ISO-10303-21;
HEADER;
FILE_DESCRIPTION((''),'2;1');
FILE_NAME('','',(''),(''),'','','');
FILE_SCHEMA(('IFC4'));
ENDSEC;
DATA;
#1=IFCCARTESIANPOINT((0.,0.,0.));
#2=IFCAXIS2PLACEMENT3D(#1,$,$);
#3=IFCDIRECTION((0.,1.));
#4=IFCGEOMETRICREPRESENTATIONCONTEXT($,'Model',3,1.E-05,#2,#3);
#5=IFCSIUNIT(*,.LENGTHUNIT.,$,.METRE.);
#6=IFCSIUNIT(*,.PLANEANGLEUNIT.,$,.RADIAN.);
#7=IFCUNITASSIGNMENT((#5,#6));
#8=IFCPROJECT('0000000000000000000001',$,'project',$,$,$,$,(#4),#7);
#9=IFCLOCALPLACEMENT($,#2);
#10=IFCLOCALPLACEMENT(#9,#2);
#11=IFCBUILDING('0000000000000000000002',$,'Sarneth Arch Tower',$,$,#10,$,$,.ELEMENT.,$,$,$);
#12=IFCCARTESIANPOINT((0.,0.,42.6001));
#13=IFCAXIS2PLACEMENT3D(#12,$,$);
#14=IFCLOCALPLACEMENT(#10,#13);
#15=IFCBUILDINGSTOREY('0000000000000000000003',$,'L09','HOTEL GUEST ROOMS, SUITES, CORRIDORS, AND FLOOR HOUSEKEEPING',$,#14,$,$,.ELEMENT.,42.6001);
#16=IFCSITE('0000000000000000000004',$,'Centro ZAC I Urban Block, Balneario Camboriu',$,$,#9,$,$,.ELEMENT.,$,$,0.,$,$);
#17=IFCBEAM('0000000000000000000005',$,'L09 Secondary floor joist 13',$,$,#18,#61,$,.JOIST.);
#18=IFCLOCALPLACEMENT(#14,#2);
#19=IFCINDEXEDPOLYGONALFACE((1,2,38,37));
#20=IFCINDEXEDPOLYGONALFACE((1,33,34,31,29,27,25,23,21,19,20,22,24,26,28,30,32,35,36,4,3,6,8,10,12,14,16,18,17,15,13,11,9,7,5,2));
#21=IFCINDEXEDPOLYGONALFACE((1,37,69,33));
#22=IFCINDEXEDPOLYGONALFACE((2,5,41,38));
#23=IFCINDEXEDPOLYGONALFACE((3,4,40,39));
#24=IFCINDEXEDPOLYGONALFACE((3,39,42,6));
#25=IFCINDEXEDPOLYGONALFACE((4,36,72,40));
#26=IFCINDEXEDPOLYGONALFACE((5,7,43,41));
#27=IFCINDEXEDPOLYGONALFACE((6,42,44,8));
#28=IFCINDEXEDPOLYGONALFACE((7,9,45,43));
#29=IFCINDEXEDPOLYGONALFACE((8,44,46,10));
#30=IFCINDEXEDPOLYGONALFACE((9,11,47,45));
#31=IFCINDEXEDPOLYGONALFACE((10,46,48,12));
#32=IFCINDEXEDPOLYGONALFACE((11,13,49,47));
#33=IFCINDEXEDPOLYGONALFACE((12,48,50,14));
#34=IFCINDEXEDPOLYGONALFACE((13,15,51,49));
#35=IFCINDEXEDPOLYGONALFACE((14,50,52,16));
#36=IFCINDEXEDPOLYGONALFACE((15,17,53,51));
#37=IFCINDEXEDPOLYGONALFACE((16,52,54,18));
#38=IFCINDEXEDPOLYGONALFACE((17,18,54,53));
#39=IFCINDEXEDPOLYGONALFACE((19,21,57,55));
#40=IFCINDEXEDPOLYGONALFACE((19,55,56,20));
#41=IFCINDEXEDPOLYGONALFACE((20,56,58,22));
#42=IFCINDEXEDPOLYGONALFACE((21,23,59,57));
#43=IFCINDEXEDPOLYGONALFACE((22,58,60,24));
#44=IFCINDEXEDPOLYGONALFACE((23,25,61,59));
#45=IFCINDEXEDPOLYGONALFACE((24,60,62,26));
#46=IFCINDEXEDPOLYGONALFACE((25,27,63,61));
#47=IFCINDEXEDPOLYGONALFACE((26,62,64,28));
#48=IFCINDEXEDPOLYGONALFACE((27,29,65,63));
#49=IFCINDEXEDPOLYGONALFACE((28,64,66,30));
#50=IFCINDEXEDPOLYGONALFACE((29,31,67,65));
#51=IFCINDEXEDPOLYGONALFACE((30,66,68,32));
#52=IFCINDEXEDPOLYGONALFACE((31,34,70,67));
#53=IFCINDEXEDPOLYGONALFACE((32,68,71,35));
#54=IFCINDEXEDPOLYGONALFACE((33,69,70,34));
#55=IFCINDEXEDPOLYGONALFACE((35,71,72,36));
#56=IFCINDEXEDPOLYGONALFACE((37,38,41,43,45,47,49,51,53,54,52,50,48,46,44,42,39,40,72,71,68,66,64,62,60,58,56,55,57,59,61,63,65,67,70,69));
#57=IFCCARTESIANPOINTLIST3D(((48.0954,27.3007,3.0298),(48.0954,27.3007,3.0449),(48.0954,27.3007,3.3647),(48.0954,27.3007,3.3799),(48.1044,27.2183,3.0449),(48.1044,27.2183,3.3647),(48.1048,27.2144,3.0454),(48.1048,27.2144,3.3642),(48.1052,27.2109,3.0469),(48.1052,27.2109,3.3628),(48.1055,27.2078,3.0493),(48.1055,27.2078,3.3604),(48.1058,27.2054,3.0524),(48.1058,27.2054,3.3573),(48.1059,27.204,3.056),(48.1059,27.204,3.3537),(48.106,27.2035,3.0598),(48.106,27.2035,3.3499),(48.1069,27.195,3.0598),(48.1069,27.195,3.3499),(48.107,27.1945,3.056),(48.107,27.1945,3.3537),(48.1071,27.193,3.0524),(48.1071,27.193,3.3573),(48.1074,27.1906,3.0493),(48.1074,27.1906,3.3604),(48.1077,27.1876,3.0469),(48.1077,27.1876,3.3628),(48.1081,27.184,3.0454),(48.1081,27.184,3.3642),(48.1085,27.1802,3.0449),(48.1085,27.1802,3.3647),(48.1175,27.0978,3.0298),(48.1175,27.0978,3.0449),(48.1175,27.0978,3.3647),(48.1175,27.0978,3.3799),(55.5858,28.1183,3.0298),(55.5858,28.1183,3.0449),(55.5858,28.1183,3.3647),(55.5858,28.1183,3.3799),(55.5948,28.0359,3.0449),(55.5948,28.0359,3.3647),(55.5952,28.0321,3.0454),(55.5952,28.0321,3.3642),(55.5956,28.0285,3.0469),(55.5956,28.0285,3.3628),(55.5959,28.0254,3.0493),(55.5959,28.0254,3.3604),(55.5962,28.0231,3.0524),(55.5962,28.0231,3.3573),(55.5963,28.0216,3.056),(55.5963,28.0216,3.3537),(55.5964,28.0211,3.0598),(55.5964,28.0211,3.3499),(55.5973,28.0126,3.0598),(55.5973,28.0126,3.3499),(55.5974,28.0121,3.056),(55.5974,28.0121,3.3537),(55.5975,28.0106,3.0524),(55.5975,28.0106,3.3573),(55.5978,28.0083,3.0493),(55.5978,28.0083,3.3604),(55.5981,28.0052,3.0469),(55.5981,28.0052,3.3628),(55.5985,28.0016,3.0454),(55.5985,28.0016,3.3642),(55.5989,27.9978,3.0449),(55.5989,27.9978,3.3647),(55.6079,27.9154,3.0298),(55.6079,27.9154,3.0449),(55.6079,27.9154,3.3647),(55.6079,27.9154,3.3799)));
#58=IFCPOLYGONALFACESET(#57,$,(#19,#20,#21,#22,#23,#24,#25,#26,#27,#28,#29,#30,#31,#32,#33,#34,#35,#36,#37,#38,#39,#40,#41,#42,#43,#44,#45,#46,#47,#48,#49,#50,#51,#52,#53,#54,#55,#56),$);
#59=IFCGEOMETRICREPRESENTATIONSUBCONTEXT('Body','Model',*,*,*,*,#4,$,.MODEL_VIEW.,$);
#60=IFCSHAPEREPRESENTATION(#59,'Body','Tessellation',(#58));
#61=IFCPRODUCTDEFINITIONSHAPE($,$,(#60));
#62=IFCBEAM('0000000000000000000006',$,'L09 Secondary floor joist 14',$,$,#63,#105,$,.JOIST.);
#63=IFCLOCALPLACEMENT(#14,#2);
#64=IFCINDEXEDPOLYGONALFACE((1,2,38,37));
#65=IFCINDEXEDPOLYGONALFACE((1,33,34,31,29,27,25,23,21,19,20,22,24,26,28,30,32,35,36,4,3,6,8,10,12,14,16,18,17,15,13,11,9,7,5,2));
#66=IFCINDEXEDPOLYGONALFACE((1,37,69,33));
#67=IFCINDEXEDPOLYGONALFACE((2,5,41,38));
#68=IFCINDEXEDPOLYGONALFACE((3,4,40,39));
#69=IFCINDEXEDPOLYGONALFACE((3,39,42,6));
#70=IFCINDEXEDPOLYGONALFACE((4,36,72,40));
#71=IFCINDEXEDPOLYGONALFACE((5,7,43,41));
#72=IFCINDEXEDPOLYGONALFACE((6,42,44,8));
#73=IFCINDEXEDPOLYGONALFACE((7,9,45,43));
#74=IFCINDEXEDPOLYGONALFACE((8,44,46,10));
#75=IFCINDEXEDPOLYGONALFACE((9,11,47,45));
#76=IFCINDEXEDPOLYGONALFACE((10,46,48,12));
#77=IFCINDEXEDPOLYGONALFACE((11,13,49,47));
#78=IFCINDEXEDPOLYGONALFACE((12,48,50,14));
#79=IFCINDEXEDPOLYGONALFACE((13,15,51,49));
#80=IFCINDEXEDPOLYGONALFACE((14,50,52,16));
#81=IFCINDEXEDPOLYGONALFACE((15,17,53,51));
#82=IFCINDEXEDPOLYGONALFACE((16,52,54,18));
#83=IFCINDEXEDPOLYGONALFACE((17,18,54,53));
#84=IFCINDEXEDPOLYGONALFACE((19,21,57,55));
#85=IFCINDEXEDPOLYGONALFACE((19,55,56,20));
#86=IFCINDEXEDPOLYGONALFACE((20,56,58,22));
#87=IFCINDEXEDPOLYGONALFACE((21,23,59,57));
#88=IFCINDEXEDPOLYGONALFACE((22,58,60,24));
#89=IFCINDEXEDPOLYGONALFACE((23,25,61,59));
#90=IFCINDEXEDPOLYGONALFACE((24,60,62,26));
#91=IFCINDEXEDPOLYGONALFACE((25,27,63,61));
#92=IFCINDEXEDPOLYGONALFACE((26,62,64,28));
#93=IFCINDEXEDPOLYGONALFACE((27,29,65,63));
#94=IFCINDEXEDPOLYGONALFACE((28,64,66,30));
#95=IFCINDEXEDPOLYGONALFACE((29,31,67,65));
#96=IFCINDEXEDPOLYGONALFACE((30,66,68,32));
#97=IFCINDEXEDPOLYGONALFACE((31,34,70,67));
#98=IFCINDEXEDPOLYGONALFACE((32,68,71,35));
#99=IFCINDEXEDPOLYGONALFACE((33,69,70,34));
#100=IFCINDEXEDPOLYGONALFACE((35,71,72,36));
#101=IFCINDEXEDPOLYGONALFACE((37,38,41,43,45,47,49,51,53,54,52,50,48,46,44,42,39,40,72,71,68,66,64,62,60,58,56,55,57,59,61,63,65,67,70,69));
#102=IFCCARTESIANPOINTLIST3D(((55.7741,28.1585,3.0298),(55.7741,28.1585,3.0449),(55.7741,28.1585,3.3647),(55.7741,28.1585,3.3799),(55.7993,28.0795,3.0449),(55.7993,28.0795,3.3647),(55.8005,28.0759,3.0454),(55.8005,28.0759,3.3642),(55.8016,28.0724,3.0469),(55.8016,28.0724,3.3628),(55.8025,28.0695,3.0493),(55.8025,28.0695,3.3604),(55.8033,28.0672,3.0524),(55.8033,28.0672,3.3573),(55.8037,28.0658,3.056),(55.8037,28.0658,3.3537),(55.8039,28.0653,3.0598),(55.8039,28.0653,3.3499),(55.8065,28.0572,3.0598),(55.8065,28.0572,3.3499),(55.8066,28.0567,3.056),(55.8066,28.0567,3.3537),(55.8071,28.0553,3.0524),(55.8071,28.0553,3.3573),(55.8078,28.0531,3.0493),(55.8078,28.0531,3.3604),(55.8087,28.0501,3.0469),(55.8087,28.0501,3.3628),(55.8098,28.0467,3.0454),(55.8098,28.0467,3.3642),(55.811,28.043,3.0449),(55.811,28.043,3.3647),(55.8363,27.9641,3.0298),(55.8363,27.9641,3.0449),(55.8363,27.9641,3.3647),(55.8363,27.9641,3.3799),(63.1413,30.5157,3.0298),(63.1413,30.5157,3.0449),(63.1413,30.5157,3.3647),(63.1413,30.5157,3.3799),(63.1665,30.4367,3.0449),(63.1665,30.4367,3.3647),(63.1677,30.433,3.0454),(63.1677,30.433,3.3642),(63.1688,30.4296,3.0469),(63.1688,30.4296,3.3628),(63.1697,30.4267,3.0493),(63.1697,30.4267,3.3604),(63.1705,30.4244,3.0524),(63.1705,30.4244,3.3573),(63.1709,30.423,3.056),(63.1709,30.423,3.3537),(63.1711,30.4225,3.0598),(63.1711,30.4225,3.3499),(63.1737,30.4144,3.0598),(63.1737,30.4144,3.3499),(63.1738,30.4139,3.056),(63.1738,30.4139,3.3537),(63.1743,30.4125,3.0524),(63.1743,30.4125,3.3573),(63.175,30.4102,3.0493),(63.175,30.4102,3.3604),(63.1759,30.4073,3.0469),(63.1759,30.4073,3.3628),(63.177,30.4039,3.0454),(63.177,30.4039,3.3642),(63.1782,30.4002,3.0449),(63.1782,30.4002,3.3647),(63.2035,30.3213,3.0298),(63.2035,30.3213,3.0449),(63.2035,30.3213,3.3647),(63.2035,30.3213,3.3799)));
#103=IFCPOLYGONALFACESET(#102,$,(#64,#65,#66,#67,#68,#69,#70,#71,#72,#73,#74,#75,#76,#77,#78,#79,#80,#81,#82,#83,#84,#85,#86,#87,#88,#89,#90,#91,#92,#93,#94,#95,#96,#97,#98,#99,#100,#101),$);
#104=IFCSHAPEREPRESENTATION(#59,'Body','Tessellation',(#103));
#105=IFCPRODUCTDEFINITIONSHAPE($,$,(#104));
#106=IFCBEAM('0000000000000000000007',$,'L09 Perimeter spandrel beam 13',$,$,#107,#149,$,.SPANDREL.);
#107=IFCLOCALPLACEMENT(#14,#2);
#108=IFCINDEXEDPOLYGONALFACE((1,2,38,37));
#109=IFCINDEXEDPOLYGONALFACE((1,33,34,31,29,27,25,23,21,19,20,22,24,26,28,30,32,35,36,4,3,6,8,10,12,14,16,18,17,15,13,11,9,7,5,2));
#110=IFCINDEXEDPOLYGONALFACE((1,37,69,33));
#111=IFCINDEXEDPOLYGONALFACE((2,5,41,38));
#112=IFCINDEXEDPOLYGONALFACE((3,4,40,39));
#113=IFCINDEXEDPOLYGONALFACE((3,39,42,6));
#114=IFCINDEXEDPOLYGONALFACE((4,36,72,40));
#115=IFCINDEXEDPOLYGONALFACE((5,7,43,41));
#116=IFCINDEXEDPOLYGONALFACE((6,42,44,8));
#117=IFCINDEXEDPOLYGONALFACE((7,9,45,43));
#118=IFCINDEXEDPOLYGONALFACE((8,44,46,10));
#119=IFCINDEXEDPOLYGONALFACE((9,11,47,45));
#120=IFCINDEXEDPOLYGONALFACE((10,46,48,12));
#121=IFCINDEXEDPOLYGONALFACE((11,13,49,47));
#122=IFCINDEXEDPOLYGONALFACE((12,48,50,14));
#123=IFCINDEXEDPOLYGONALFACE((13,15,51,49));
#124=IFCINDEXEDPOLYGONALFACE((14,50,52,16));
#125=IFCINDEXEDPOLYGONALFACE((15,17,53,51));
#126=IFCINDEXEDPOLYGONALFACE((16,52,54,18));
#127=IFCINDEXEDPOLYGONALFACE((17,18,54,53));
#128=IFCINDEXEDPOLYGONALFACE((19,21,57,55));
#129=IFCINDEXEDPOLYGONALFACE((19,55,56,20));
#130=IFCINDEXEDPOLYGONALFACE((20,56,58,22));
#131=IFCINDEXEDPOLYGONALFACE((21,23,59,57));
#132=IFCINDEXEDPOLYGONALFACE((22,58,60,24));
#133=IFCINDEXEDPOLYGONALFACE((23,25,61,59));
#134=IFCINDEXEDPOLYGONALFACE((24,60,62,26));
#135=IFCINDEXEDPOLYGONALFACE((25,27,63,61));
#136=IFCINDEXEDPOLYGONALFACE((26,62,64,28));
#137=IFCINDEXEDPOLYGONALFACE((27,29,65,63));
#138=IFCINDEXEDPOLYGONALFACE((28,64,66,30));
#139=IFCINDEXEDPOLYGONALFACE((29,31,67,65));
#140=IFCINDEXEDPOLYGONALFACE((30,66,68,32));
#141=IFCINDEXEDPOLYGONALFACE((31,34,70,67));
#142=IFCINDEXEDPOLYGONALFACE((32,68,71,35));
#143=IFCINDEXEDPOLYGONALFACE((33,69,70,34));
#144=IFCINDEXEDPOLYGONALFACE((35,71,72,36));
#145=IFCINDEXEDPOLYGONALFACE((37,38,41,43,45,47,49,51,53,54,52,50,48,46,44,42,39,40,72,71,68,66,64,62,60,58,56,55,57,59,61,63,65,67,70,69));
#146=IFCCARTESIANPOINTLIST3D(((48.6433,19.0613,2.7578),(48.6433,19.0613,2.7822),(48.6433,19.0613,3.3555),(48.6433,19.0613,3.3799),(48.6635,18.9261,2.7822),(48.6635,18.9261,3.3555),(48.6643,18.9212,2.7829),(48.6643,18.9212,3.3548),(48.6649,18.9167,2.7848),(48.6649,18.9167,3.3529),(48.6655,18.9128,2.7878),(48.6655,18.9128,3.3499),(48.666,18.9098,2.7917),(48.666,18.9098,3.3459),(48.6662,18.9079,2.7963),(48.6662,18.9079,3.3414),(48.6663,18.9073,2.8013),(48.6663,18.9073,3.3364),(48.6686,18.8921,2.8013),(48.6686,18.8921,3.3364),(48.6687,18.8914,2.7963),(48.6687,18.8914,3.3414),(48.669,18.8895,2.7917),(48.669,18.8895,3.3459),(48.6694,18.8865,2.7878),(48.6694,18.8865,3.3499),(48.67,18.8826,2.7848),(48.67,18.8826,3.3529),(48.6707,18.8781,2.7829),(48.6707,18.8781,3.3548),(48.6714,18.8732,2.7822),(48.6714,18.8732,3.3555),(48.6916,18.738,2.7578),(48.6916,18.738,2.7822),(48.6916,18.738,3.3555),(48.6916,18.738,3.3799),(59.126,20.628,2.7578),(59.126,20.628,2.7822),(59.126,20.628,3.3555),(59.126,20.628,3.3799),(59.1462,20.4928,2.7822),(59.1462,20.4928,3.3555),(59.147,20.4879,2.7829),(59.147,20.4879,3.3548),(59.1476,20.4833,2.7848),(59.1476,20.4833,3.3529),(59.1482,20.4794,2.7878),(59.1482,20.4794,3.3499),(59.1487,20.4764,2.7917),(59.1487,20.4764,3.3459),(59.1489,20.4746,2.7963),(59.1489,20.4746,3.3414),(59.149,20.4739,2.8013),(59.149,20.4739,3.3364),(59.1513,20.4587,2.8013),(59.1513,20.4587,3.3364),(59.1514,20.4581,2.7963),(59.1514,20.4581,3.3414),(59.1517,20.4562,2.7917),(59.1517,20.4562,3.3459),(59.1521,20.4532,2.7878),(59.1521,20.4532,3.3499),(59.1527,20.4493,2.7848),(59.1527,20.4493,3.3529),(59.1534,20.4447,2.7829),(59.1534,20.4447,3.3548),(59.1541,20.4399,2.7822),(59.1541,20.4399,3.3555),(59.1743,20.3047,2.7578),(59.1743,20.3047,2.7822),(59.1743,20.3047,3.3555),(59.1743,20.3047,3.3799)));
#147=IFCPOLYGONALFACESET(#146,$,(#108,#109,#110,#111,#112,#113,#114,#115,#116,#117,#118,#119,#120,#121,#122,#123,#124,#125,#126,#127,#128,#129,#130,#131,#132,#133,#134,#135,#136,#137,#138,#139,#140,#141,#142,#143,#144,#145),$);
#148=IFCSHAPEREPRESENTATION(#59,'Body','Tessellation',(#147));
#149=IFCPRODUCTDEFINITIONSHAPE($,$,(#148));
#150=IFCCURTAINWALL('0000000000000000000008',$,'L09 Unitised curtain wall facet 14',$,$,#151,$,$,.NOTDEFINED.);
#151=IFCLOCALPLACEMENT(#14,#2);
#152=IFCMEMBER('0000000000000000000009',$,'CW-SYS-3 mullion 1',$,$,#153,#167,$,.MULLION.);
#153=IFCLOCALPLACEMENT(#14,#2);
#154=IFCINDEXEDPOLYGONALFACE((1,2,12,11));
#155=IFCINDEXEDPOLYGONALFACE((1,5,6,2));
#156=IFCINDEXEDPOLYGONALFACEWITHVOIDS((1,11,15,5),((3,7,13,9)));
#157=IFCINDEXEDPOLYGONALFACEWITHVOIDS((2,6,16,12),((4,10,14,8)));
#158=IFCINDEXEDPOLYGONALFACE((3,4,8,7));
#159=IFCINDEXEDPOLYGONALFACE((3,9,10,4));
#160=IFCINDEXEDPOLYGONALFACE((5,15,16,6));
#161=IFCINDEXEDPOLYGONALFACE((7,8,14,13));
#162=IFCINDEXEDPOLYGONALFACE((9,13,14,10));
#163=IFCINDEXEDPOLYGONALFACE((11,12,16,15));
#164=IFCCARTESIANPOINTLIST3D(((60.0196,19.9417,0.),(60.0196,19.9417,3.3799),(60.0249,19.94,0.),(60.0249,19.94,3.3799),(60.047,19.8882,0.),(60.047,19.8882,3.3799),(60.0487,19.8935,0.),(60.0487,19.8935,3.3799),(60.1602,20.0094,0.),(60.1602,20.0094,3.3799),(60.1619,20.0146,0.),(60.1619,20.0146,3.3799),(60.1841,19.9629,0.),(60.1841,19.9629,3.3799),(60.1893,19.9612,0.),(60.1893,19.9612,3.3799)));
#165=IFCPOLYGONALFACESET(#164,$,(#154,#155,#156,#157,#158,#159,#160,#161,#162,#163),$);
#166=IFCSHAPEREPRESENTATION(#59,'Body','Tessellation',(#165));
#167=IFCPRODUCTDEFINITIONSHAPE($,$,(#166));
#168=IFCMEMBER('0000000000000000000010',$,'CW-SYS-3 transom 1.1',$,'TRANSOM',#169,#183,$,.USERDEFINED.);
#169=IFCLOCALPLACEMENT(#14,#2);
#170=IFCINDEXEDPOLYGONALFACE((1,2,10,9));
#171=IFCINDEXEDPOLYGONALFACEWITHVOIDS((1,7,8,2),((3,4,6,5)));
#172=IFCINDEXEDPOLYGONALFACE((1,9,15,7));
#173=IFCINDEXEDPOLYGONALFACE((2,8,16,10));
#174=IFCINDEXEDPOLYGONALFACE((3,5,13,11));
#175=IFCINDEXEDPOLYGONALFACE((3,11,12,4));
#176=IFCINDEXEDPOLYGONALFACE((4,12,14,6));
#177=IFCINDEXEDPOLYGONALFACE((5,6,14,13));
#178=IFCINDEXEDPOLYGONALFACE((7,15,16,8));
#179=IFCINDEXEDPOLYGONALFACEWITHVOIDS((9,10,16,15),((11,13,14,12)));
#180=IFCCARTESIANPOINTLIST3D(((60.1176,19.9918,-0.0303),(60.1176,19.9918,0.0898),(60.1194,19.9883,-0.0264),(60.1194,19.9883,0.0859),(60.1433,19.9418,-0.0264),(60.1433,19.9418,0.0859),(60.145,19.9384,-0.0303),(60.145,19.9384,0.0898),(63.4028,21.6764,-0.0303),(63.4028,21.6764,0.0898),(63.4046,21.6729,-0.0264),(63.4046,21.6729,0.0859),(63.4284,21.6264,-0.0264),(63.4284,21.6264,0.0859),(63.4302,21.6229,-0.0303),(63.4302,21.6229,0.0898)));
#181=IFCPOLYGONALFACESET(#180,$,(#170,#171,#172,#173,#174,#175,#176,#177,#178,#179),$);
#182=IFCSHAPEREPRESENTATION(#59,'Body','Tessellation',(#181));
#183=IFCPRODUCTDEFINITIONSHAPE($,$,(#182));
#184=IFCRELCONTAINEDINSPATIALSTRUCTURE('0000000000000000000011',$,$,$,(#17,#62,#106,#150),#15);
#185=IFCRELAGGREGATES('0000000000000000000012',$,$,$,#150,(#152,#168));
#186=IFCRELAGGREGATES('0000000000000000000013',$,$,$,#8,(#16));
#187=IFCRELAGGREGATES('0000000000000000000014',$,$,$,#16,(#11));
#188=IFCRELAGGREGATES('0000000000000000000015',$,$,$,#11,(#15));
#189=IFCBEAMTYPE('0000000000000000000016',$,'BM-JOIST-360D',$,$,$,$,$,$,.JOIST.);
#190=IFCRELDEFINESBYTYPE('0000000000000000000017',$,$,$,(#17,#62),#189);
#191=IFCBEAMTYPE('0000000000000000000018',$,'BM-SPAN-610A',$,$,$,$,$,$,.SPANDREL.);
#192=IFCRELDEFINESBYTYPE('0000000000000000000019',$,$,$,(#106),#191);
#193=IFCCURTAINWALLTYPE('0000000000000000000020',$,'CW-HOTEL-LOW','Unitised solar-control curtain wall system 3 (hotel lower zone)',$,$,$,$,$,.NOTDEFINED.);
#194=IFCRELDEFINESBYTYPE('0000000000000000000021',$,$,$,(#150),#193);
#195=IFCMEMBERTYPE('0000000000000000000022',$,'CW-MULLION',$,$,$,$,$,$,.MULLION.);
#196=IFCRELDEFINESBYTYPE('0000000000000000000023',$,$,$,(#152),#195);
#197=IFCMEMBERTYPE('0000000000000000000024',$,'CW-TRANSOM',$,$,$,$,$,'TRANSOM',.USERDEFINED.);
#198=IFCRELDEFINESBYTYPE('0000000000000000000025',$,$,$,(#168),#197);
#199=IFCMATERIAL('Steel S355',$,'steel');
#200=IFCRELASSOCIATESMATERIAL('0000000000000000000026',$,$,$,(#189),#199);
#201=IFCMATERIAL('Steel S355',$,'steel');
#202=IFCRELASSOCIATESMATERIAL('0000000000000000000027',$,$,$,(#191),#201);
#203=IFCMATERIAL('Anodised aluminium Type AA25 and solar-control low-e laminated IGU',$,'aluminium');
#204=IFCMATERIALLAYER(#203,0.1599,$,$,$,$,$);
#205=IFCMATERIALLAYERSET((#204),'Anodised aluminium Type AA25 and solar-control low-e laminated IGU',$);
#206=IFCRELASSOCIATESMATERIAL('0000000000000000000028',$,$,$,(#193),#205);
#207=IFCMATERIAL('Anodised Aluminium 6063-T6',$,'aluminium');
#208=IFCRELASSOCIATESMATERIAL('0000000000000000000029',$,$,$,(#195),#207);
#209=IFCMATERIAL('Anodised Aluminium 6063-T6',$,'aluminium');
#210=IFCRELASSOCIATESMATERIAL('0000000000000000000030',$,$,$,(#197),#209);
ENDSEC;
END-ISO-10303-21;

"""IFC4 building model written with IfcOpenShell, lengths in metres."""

from ifc_helpers import new_model, si_unit, direction, frame, origin, origin_2d, place, context, subcontext, project, spatial, hollow_rectangle, i_section, extrude, material, layer, layer_set, material_profile, profile_set, type_object, element, aggregate, save


model = new_model("IFC4")

# Units and contexts
model_context = context("Model", 3, precision=1e-05, world=origin(), true_north=direction((0.0, 1.0)))
body_context = subcontext(model_context, "Body", "Model", "MODEL_VIEW")
ifc_project = project(units=[si_unit("LENGTHUNIT", "METRE"), si_unit("PLANEANGLEUNIT", "RADIAN")], contexts=[model_context])

# Site, building, storey
site_placement = place(None, origin())
site = spatial("IfcSite", under=ifc_project, at=site_placement, Name="Centro ZAC I Urban Block, Balneario Camboriu", CompositionType="ELEMENT", RefElevation=0.0)
building_placement = place(site_placement, origin())
building = spatial("IfcBuilding", under=site, at=building_placement, Name="Sarneth Arch Tower", CompositionType="ELEMENT")
storey_placement = place(building_placement, frame((0.0, 0.0, 42.6001)))
storey = spatial("IfcBuildingStorey", under=building, at=storey_placement, Name="L09", Description="HOTEL GUEST ROOMS, SUITES, CORRIDORS, AND FLOOR HOUSEKEEPING", CompositionType="ELEMENT", Elevation=42.6001)

# Beams
ifc_material_1 = material(Name="Steel S355", Category="steel")
ifc_material_profile_1 = material_profile(ifc_material_1, i_section(OverallWidth=0.2041, OverallDepth=0.3501, WebThickness=0.0085, FlangeThickness=0.0151, FilletRadius=0.0149, at=origin_2d()), Name="W360x72")
ifc_profile_set_1 = profile_set([ifc_material_profile_1], Name="Steel S355")
beam_type_1 = type_object("IfcBeamType", Name="BM-JOIST-360D", PredefinedType="JOIST", material=ifc_profile_set_1)
beam_1_placement = place(storey_placement, frame((48.1064, 27.1992, 3.2048), z_axis=(0.994095, 0.108511, 0.0), x_axis=(-0.108511, 0.994095, 0.0)))
element("IfcBeam", 1, at=beam_1_placement, inside=storey, type_object=beam_type_1, Name="L09 Secondary floor joist 13", PredefinedType="JOIST", context=body_context, shape_type="SweptSolid", body=[
    extrude(i_section(OverallWidth=0.2041, OverallDepth=0.3501, WebThickness=0.0085, FlangeThickness=0.0151, FilletRadius=0.0149, at=origin_2d()), origin(), (0.0, 0.0, 1.0), 7.5349),
])
beam_2_placement = place(storey_placement, frame((55.8052, 28.0613, 3.2048), z_axis=(0.952436, 0.304738, 0.0), x_axis=(-0.304738, 0.952436, 0.0)))
element("IfcBeam", 2, at=beam_2_placement, inside=storey, type_object=beam_type_1, Name="L09 Secondary floor joist 14", PredefinedType="JOIST", context=body_context, shape_type="SweptSolid", body=[
    extrude(i_section(OverallWidth=0.2041, OverallDepth=0.3501, WebThickness=0.0085, FlangeThickness=0.0151, FilletRadius=0.0149, at=origin_2d()), origin(), (0.0, 0.0, 1.0), 7.7351),
])
ifc_material_2 = material(Name="Steel S355", Category="steel")
ifc_material_profile_2 = material_profile(ifc_material_2, i_section(OverallWidth=0.3269, OverallDepth=0.6221, WebThickness=0.0154, FlangeThickness=0.0244, FilletRadius=0.019, at=origin_2d()), Name="W610x195")
ifc_profile_set_2 = profile_set([ifc_material_profile_2], Name="Steel S355")
beam_type_2 = type_object("IfcBeamType", Name="BM-SPAN-610A", PredefinedType="SPANDREL", material=ifc_profile_set_2)
beam_3_placement = place(storey_placement, frame((48.6675, 18.8997, 3.0688), z_axis=(0.989016, 0.14781, 0.0), x_axis=(-0.14781, 0.989016, 0.0)))
element("IfcBeam", 3, at=beam_3_placement, inside=storey, type_object=beam_type_2, Name="L09 Perimeter spandrel beam 13", PredefinedType="SPANDREL", context=body_context, shape_type="SweptSolid", body=[
    extrude(i_section(OverallWidth=0.3269, OverallDepth=0.6221, WebThickness=0.0154, FlangeThickness=0.0244, FilletRadius=0.019, at=origin_2d()), origin(), (0.0, 0.0, 1.0), 10.5991),
])

# Curtain wall, members
ifc_material_3 = material(Name="Anodised aluminium Type AA25 and solar-control low-e laminated IGU", Category="aluminium")
ifc_layer_1 = layer(ifc_material_3, 0.1599)
ifc_layer_set_1 = layer_set([ifc_layer_1], Name="Anodised aluminium Type AA25 and solar-control low-e laminated IGU")
curtain_wall_type = type_object("IfcCurtainWallType", Name="CW-HOTEL-LOW", Description="Unitised solar-control curtain wall system 3 (hotel lower zone)", PredefinedType="NOTDEFINED", material=ifc_layer_set_1)
curtain_wall_placement = place(storey_placement, origin())
curtain_wall = element("IfcCurtainWall", 4, at=curtain_wall_placement, inside=storey, type_object=curtain_wall_type, Name="L09 Unitised curtain wall facet 14", PredefinedType="NOTDEFINED")
ifc_material_4 = material(Name="Anodised Aluminium 6063-T6", Category="aluminium")
ifc_material_profile_3 = material_profile(ifc_material_4, hollow_rectangle(XDim=0.0601, YDim=0.1599, WallThickness=0.0039, at=origin_2d()), Name="AL-MULL-160x60x4")
ifc_profile_set_3 = profile_set([ifc_material_profile_3], Name="Anodised Aluminium 6063-T6")
member_type_1 = type_object("IfcMemberType", Name="CW-MULLION", PredefinedType="MULLION", material=ifc_profile_set_3)
member_1_placement = place(storey_placement, frame((60.1045, 19.9514, 0.0), z_axis=(0.0, 0.0, 1.0), x_axis=(-0.456245, 0.889854, 0.0)))
member_1 = element("IfcMember", 5, at=member_1_placement, type_object=member_type_1, Name="CW-SYS-3 mullion 1", PredefinedType="MULLION", context=body_context, shape_type="SweptSolid", body=[
    extrude(hollow_rectangle(XDim=0.0601, YDim=0.1599, WallThickness=0.0039, at=origin_2d()), origin(), (0.0, 0.0, 1.0), 3.3799),
])
ifc_material_5 = material(Name="Anodised Aluminium 6063-T6", Category="aluminium")
ifc_material_profile_4 = material_profile(ifc_material_5, hollow_rectangle(XDim=0.0601, YDim=0.1201, WallThickness=0.0039, at=origin_2d()), Name="AL-TRAN-120x60x4")
ifc_profile_set_4 = profile_set([ifc_material_profile_4], Name="Anodised Aluminium 6063-T6")
member_type_2 = type_object("IfcMemberType", Name="CW-TRANSOM", ElementType="TRANSOM", PredefinedType="USERDEFINED", material=ifc_profile_set_4)
member_2_placement = place(storey_placement, frame((60.1313, 19.9651, 0.0298), z_axis=(0.889831, 0.45629, 0.0), x_axis=(-0.45629, 0.889831, 0.0)))
member_2 = element("IfcMember", 6, at=member_2_placement, type_object=member_type_2, Name="CW-SYS-3 transom 1.1", ObjectType="TRANSOM", PredefinedType="USERDEFINED", context=body_context, shape_type="SweptSolid", body=[
    extrude(hollow_rectangle(XDim=0.0601, YDim=0.1201, WallThickness=0.0039, at=origin_2d()), origin(), (0.0, 0.0, 1.0), 3.6919),
])
aggregate(curtain_wall, [member_1, member_2])

save(model, "model.ifc")
